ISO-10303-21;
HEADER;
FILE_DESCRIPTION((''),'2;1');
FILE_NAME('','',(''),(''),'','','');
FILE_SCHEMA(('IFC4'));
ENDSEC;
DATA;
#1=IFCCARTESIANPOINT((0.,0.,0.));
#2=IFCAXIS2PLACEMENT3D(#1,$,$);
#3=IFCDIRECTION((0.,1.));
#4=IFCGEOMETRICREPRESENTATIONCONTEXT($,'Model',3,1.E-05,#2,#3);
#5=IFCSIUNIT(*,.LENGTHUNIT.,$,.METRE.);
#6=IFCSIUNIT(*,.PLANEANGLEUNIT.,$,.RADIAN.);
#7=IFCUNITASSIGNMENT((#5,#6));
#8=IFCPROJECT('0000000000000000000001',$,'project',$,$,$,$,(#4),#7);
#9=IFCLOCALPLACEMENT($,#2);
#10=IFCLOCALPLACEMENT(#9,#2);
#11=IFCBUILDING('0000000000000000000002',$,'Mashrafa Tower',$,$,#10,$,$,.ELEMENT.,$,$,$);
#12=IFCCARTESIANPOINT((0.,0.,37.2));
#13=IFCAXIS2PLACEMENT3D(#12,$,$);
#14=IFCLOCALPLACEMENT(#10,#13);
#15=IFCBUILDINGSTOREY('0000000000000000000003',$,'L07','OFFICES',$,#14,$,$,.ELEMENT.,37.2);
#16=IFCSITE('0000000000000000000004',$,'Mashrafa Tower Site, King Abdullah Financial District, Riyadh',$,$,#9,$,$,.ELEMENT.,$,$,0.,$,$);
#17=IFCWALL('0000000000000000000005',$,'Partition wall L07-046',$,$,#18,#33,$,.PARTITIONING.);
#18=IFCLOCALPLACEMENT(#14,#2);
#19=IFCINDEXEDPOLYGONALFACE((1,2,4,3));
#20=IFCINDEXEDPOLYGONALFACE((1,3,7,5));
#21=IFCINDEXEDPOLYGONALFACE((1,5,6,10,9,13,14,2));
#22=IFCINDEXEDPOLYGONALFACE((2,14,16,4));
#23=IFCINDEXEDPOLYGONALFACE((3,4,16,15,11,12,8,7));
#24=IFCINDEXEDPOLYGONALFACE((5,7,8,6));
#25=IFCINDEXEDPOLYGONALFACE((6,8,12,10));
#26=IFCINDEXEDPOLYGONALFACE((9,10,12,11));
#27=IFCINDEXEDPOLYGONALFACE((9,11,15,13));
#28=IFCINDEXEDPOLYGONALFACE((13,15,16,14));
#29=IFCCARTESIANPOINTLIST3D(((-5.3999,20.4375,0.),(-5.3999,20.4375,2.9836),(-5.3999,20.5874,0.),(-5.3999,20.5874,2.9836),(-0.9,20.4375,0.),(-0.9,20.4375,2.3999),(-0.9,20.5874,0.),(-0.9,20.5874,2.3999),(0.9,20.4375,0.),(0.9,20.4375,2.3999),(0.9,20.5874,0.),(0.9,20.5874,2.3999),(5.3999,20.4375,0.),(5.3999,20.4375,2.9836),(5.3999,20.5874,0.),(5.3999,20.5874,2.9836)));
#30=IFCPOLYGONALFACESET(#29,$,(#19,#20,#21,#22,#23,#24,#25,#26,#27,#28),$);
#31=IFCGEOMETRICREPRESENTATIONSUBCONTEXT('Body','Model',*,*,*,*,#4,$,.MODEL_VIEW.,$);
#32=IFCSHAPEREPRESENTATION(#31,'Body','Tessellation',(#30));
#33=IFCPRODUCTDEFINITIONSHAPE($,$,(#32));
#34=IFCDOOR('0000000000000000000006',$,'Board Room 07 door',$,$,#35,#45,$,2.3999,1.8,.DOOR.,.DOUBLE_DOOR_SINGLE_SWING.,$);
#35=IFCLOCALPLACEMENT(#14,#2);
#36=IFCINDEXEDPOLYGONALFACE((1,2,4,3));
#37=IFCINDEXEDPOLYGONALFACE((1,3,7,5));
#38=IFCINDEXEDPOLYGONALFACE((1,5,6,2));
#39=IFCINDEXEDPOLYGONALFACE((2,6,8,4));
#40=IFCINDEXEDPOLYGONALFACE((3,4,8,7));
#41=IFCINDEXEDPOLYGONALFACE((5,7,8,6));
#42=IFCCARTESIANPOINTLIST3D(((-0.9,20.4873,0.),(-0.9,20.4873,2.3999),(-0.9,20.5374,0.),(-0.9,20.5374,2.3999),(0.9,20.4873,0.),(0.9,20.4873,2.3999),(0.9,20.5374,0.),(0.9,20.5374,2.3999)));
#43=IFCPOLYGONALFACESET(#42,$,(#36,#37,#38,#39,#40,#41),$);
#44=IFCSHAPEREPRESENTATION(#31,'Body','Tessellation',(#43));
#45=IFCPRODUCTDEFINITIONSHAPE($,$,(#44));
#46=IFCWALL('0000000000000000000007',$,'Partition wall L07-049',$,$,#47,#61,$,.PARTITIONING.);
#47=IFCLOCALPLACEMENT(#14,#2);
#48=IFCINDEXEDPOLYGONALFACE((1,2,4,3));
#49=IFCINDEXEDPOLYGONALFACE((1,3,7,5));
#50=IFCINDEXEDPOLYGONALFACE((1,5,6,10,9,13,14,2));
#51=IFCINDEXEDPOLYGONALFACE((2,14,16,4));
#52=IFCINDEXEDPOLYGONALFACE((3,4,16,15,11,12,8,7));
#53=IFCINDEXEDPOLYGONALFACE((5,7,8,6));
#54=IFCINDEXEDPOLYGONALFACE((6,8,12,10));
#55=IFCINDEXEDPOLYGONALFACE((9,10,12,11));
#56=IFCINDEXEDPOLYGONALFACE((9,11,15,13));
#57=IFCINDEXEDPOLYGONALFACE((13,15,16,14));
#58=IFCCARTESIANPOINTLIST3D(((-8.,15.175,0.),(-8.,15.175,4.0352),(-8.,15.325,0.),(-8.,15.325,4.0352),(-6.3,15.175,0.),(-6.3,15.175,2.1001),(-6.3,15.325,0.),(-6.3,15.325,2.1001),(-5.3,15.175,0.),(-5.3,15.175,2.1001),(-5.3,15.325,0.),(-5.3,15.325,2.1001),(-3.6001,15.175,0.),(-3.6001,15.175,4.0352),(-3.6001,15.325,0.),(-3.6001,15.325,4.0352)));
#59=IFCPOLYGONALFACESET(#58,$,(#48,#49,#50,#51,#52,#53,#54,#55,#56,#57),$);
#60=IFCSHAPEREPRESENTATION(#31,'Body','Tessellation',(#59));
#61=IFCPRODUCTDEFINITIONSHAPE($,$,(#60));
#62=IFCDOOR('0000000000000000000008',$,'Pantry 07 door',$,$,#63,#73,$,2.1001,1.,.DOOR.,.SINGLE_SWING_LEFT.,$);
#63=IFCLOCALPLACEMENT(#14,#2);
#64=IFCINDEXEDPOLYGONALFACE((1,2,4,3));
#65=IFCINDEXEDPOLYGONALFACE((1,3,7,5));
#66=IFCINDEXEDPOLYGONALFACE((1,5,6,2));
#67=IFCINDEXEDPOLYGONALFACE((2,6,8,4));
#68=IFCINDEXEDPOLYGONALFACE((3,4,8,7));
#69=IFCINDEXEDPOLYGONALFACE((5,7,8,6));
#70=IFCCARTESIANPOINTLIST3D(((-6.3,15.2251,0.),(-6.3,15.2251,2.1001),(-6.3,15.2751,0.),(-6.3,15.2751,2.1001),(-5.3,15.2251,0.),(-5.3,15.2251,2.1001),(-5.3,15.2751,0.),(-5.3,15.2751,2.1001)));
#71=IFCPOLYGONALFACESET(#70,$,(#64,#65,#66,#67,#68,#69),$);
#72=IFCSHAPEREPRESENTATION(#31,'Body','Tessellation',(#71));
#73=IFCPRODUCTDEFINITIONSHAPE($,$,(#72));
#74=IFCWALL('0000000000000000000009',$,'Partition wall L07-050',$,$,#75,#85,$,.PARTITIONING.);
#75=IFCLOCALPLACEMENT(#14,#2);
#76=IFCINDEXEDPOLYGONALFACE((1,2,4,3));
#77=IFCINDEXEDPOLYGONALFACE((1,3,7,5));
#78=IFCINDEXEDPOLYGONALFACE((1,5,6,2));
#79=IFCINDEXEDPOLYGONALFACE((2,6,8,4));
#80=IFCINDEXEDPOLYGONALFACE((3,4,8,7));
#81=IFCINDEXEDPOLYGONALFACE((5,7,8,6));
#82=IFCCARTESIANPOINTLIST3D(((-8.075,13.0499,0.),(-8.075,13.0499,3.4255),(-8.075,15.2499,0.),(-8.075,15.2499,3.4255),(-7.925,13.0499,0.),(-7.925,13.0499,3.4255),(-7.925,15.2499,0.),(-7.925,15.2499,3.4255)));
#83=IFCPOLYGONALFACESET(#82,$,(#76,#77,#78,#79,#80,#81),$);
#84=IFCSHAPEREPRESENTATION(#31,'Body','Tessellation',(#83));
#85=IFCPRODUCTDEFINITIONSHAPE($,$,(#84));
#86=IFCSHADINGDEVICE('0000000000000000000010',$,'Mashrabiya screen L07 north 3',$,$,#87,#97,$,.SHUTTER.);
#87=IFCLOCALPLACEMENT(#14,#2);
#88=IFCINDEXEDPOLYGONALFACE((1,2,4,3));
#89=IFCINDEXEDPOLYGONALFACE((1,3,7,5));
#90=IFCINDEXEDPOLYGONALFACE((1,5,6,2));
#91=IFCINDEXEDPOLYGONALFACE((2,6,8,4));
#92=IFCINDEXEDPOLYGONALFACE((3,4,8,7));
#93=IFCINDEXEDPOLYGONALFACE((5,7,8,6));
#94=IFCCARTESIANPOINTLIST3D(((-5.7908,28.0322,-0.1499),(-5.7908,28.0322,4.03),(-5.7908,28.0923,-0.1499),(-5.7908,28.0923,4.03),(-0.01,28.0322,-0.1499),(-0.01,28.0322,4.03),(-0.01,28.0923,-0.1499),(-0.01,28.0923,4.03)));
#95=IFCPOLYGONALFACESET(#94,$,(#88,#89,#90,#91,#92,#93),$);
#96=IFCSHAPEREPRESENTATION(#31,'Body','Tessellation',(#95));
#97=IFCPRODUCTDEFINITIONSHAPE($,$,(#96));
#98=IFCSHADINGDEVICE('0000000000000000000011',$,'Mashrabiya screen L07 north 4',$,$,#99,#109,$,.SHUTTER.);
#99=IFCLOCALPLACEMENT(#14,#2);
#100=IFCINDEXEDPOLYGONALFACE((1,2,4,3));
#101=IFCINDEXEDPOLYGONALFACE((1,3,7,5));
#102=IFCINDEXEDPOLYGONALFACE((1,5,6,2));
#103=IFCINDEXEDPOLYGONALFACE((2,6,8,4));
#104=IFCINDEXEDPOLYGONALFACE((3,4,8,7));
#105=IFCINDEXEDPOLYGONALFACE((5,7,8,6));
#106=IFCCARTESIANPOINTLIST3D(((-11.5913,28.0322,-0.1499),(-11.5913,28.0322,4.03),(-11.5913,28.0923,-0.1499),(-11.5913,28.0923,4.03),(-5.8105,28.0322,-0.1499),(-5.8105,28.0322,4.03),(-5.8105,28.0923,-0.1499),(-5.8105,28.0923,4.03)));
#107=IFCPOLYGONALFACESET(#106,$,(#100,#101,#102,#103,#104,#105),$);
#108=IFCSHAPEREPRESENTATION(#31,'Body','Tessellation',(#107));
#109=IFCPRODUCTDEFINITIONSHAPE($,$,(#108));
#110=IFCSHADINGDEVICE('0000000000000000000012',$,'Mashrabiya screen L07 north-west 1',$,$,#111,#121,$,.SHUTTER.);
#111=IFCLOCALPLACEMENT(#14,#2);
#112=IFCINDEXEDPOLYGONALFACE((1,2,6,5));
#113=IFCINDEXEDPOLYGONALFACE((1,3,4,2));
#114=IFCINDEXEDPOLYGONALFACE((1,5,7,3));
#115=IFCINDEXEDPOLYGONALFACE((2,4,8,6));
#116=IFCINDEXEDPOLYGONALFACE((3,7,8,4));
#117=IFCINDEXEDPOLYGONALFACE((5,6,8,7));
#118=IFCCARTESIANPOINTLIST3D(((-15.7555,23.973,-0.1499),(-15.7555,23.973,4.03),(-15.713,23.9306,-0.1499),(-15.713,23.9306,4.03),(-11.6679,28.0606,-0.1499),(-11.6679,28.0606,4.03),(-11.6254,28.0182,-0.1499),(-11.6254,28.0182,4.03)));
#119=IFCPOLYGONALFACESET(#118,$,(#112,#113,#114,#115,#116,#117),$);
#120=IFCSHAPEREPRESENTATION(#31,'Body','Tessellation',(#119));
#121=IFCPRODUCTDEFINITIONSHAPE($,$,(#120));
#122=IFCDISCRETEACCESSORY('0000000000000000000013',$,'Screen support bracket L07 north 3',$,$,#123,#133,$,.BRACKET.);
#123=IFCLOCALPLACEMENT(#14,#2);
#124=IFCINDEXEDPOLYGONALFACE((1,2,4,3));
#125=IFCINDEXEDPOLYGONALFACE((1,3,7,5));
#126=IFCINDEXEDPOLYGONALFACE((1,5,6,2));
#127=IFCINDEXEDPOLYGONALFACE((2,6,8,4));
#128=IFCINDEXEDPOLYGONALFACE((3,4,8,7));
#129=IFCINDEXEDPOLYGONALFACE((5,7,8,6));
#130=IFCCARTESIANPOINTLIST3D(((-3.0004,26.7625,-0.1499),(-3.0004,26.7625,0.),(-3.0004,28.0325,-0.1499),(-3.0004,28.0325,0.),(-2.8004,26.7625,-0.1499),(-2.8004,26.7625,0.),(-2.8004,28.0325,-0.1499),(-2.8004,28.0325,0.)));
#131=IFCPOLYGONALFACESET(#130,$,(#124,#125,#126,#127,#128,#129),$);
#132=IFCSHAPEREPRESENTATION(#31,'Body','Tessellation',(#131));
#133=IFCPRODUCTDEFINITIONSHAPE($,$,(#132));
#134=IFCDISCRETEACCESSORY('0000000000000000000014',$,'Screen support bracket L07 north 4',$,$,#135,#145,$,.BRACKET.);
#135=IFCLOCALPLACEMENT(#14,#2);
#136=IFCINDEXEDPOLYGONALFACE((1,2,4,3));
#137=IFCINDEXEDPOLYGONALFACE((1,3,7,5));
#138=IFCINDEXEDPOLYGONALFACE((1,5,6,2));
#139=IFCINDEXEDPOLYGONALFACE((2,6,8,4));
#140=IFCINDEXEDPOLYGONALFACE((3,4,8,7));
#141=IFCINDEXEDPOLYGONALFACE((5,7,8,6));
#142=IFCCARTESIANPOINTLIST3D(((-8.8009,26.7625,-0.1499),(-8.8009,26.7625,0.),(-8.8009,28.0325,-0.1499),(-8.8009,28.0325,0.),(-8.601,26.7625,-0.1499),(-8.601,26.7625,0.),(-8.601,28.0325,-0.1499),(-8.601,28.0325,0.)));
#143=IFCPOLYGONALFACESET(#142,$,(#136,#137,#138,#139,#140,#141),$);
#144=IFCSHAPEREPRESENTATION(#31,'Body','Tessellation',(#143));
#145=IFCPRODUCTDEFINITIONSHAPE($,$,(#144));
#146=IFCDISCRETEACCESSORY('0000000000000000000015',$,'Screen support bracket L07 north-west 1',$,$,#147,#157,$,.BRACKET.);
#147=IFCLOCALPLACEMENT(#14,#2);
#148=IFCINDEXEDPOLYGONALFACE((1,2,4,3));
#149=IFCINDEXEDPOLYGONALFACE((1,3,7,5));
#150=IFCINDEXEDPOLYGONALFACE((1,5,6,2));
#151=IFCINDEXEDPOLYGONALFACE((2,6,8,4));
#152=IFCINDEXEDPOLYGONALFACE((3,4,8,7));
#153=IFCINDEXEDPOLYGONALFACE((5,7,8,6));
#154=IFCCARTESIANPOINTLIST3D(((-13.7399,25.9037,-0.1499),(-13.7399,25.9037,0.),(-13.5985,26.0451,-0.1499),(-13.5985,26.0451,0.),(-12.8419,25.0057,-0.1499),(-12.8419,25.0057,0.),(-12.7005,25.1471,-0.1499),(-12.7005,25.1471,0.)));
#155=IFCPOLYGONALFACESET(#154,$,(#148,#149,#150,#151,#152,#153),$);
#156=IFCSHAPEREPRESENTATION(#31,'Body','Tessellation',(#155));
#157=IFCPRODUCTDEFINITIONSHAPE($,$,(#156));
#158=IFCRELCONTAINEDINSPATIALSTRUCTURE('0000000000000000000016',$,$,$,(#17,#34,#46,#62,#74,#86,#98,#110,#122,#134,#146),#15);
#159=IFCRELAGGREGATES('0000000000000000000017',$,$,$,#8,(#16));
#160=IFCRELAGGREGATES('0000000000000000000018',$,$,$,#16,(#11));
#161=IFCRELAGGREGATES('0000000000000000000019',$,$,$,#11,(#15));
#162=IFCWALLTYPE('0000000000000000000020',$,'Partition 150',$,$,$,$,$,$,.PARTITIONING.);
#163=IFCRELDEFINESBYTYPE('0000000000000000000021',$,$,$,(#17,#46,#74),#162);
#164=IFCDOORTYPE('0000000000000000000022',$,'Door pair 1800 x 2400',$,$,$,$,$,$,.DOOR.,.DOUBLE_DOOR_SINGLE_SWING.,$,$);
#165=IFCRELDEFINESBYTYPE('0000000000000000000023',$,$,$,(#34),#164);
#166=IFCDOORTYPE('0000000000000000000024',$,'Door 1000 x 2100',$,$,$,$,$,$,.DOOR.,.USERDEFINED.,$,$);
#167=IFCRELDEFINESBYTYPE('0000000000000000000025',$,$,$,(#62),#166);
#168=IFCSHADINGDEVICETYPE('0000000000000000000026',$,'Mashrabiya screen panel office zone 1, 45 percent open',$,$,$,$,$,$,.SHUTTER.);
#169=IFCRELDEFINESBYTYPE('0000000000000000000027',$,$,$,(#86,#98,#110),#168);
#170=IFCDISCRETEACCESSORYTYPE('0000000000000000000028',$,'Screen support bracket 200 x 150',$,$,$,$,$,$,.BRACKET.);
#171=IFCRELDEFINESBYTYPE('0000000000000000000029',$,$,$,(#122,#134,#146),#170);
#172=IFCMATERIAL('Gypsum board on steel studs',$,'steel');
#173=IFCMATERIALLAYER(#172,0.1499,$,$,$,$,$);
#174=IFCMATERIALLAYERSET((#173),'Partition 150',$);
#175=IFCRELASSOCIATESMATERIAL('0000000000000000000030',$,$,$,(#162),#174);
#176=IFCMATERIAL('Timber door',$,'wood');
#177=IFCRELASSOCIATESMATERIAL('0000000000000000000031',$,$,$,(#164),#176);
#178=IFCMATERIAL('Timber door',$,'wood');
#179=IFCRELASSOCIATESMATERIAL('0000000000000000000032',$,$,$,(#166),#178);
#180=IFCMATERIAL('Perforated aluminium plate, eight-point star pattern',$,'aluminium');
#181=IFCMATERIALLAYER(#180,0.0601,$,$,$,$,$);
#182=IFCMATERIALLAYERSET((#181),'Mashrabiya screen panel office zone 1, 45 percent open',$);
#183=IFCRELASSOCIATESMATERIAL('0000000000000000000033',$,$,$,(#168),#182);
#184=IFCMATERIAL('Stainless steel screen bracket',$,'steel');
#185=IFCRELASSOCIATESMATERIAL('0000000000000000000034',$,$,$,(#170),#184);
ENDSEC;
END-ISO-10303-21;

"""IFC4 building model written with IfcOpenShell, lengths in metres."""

from ifc_helpers import new_model, si_unit, direction, frame, frame_2d, origin, origin_2d, place, context, subcontext, project, spatial, rectangle, extrude, source, transform, mapped, material, layer, layer_set, type_object, type_shapes, element, fill, save


model = new_model("IFC4")

# Units and contexts
model_context = context("Model", 3, precision=1e-05, world=origin(), true_north=direction((0.0, 1.0)))
body_context = subcontext(model_context, "Body", "Model", "MODEL_VIEW")
ifc_project = project(units=[si_unit("LENGTHUNIT", "METRE"), si_unit("PLANEANGLEUNIT", "RADIAN")], contexts=[model_context])

# Site, building, storey
site_placement = place(None, origin())
site = spatial("IfcSite", under=ifc_project, at=site_placement, Name="Mashrafa Tower Site, King Abdullah Financial District, Riyadh", CompositionType="ELEMENT", RefElevation=0.0)
building_placement = place(site_placement, origin())
building = spatial("IfcBuilding", under=site, at=building_placement, Name="Mashrafa Tower", CompositionType="ELEMENT")
storey_placement = place(building_placement, frame((0.0, 0.0, 37.2)))
storey = spatial("IfcBuildingStorey", under=building, at=storey_placement, Name="L07", Description="OFFICES", CompositionType="ELEMENT", Elevation=37.2)

# Shared definitions
ifc_material_1 = material(Name="Gypsum board on steel studs", Category="steel")
ifc_layer_1 = layer(ifc_material_1, 0.1499)
ifc_layer_set_1 = layer_set([ifc_layer_1], Name="Partition 150")
wall_type = type_object("IfcWallType", Name="Partition 150", PredefinedType="PARTITIONING", material=ifc_layer_set_1)

# Walls, openings, doors
wall_1_placement = place(storey_placement, frame((-5.3999, 20.5125, 0.0), z_axis=(0.0, 0.0, 1.0), x_axis=(1.0, 0.0, 0.0)))
wall_1 = element("IfcWall", 1, at=wall_1_placement, inside=storey, type_object=wall_type, Name="Partition wall L07-046", PredefinedType="PARTITIONING", context=body_context, shape_type="SweptSolid", body=[
    extrude(rectangle(XDim=10.7998, YDim=0.1499, at=frame_2d((5.3999, 0.0))), origin(), (0.0, 0.0, 1.0), 2.9836),
])
opening_1_placement = place(wall_1_placement, frame((4.5, 0.0, 0.0)))
opening_1 = element("IfcOpeningElement", 2, at=opening_1_placement, cuts=wall_1, PredefinedType="OPENING", context=body_context, shape_type="SweptSolid", body=[
    extrude(rectangle(XDim=1.8, YDim=2.3999, at=frame_2d((0.8999, 1.2))), frame((0.0, 0.085, 0.0), z_axis=(0.0, -1.0, 0.0), x_axis=(1.0, 0.0, 0.0)), (0.0, 0.0, 1.0), 0.1699),
])
ifc_material_2 = material(Name="Timber door", Category="wood")
door_type_1 = type_object("IfcDoorType", Name="Door pair 1800 x 2400", OperationType="DOUBLE_DOOR_SINGLE_SWING", PredefinedType="DOOR", material=ifc_material_2)
door_1_placement = place(opening_1_placement, origin())
door_1 = element("IfcDoor", 3, at=door_1_placement, inside=storey, type_object=door_type_1, Name="Board Room 07 door", OperationType="DOUBLE_DOOR_SINGLE_SWING", OverallHeight=2.3999, OverallWidth=1.8, PredefinedType="DOOR", context=body_context, shape_type="SweptSolid", body=[
    extrude(rectangle(XDim=1.8, YDim=2.3999, at=frame_2d((0.8999, 1.2))), frame((0.0, 0.0249, 0.0), z_axis=(0.0, -1.0, 0.0), x_axis=(1.0, 0.0, 0.0)), (0.0, 0.0, 1.0), 0.05),
])
fill(opening_1, door_1)
wall_2_placement = place(storey_placement, frame((-3.6001, 15.25, 0.0), z_axis=(0.0, 0.0, 1.0), x_axis=(-1.0, 0.0, 0.0)))
wall_2 = element("IfcWall", 4, at=wall_2_placement, inside=storey, type_object=wall_type, Name="Partition wall L07-049", PredefinedType="PARTITIONING", context=body_context, shape_type="SweptSolid", body=[
    extrude(rectangle(XDim=4.3999, YDim=0.1499, at=frame_2d((2.2, 0.0))), origin(), (0.0, 0.0, 1.0), 4.0352),
])
opening_2_placement = place(wall_2_placement, frame((1.7, 0.0, 0.0)))
opening_2 = element("IfcOpeningElement", 5, at=opening_2_placement, cuts=wall_2, PredefinedType="OPENING", context=body_context, shape_type="SweptSolid", body=[
    extrude(rectangle(XDim=1.0, YDim=2.1001, at=frame_2d((0.5, 1.05))), frame((0.0, 0.085, 0.0), z_axis=(0.0, -1.0, 0.0), x_axis=(1.0, 0.0, 0.0)), (0.0, 0.0, 1.0), 0.1699),
])
ifc_material_3 = material(Name="Timber door", Category="wood")
door_type_2 = type_object("IfcDoorType", Name="Door 1000 x 2100", OperationType="USERDEFINED", PredefinedType="DOOR", material=ifc_material_3)
door_2_placement = place(opening_2_placement, origin())
door_2 = element("IfcDoor", 6, at=door_2_placement, inside=storey, type_object=door_type_2, Name="Pantry 07 door", OperationType="SINGLE_SWING_LEFT", OverallHeight=2.1001, OverallWidth=1.0, PredefinedType="DOOR", context=body_context, shape_type="SweptSolid", body=[
    extrude(rectangle(XDim=1.0, YDim=2.1001, at=frame_2d((0.5, 1.05))), frame((0.0, 0.0249, 0.0), z_axis=(0.0, -1.0, 0.0), x_axis=(1.0, 0.0, 0.0)), (0.0, 0.0, 1.0), 0.05),
])
fill(opening_2, door_2)

# Wall
wall_3_placement = place(storey_placement, frame((-8.0, 15.25, 0.0), z_axis=(0.0, 0.0, 1.0), x_axis=(0.0, -1.0, 0.0)))
element("IfcWall", 7, at=wall_3_placement, inside=storey, type_object=wall_type, Name="Partition wall L07-050", PredefinedType="PARTITIONING", context=body_context, shape_type="SweptSolid", body=[
    extrude(rectangle(XDim=2.2, YDim=0.1499, at=frame_2d((1.1001, 0.0))), origin(), (0.0, 0.0, 1.0), 3.4255),
])

# Shading devices
ifc_material_4 = material(Name="Perforated aluminium plate, eight-point star pattern", Category="aluminium")
ifc_layer_2 = layer(ifc_material_4, 0.0601)
ifc_layer_set_2 = layer_set([ifc_layer_2], Name="Mashrabiya screen panel office zone 1, 45 percent open")
shading_device_type = type_object("IfcShadingDeviceType", Name="Mashrabiya screen panel office zone 1, 45 percent open", PredefinedType="SHUTTER", material=ifc_layer_set_2)
shared_shape_1 = source(origin(), body_context, "Body", "SweptSolid", [
    extrude(rectangle(XDim=5.7808, YDim=0.0601, at=origin_2d()), origin(), (0.0, 0.0, 1.0), 4.1799),
])
type_shapes(shading_device_type, [shared_shape_1])
for number, where, z_axis, x_axis, name in (
    (8, (-2.9004, 28.0623, -0.1499), (0.0, 0.0, 1.0), (-1.0, 0.0, 0.0), "Mashrabiya screen L07 north 3"),
    (9, (-8.7009, 28.0623, -0.1499), (0.0, 0.0, 1.0), (-1.0, 0.0, 0.0), "Mashrabiya screen L07 north 4"),
    (10, (-13.6904, 25.9956, -0.1499), (0.0, 0.0, 1.0), (-0.707107, -0.707107, 0.0), "Mashrabiya screen L07 north-west 1"),
):
    element("IfcShadingDevice", number, at=place(storey_placement, frame(where, z_axis=z_axis, x_axis=x_axis)), inside=storey, type_object=shading_device_type, Name=name, PredefinedType="SHUTTER", context=body_context, shape_type="MappedRepresentation", body=[
        mapped(shared_shape_1, transform((0.0, 0.0, 0.0))),
    ])

# Discrete accessories
ifc_material_5 = material(Name="Stainless steel screen bracket", Category="steel")
discrete_accessory_type = type_object("IfcDiscreteAccessoryType", Name="Screen support bracket 200 x 150", PredefinedType="BRACKET", material=ifc_material_5)
shared_shape_2 = source(origin(), body_context, "Body", "SweptSolid", [
    extrude(rectangle(XDim=0.2, YDim=1.27, at=origin_2d()), origin(), (0.0, 0.0, 1.0), 0.1499),
])
type_shapes(discrete_accessory_type, [shared_shape_2])
for number, where, z_axis, x_axis, name in (
    (11, (-2.9004, 27.3975, -0.1499), (0.0, 0.0, 1.0), (-1.0, 0.0, 0.0), "Screen support bracket L07 north 3"),
    (12, (-8.7009, 27.3975, -0.1499), (0.0, 0.0, 1.0), (-1.0, 0.0, 0.0), "Screen support bracket L07 north 4"),
    (13, (-13.2202, 25.5254, -0.1499), (0.0, 0.0, 1.0), (-0.707107, -0.707107, 0.0), "Screen support bracket L07 north-west 1"),
):
    element("IfcDiscreteAccessory", number, at=place(storey_placement, frame(where, z_axis=z_axis, x_axis=x_axis)), inside=storey, type_object=discrete_accessory_type, Name=name, PredefinedType="BRACKET", context=body_context, shape_type="MappedRepresentation", body=[
        mapped(shared_shape_2, transform((0.0, 0.0, 0.0))),
    ])

save(model, "model.ifc")
